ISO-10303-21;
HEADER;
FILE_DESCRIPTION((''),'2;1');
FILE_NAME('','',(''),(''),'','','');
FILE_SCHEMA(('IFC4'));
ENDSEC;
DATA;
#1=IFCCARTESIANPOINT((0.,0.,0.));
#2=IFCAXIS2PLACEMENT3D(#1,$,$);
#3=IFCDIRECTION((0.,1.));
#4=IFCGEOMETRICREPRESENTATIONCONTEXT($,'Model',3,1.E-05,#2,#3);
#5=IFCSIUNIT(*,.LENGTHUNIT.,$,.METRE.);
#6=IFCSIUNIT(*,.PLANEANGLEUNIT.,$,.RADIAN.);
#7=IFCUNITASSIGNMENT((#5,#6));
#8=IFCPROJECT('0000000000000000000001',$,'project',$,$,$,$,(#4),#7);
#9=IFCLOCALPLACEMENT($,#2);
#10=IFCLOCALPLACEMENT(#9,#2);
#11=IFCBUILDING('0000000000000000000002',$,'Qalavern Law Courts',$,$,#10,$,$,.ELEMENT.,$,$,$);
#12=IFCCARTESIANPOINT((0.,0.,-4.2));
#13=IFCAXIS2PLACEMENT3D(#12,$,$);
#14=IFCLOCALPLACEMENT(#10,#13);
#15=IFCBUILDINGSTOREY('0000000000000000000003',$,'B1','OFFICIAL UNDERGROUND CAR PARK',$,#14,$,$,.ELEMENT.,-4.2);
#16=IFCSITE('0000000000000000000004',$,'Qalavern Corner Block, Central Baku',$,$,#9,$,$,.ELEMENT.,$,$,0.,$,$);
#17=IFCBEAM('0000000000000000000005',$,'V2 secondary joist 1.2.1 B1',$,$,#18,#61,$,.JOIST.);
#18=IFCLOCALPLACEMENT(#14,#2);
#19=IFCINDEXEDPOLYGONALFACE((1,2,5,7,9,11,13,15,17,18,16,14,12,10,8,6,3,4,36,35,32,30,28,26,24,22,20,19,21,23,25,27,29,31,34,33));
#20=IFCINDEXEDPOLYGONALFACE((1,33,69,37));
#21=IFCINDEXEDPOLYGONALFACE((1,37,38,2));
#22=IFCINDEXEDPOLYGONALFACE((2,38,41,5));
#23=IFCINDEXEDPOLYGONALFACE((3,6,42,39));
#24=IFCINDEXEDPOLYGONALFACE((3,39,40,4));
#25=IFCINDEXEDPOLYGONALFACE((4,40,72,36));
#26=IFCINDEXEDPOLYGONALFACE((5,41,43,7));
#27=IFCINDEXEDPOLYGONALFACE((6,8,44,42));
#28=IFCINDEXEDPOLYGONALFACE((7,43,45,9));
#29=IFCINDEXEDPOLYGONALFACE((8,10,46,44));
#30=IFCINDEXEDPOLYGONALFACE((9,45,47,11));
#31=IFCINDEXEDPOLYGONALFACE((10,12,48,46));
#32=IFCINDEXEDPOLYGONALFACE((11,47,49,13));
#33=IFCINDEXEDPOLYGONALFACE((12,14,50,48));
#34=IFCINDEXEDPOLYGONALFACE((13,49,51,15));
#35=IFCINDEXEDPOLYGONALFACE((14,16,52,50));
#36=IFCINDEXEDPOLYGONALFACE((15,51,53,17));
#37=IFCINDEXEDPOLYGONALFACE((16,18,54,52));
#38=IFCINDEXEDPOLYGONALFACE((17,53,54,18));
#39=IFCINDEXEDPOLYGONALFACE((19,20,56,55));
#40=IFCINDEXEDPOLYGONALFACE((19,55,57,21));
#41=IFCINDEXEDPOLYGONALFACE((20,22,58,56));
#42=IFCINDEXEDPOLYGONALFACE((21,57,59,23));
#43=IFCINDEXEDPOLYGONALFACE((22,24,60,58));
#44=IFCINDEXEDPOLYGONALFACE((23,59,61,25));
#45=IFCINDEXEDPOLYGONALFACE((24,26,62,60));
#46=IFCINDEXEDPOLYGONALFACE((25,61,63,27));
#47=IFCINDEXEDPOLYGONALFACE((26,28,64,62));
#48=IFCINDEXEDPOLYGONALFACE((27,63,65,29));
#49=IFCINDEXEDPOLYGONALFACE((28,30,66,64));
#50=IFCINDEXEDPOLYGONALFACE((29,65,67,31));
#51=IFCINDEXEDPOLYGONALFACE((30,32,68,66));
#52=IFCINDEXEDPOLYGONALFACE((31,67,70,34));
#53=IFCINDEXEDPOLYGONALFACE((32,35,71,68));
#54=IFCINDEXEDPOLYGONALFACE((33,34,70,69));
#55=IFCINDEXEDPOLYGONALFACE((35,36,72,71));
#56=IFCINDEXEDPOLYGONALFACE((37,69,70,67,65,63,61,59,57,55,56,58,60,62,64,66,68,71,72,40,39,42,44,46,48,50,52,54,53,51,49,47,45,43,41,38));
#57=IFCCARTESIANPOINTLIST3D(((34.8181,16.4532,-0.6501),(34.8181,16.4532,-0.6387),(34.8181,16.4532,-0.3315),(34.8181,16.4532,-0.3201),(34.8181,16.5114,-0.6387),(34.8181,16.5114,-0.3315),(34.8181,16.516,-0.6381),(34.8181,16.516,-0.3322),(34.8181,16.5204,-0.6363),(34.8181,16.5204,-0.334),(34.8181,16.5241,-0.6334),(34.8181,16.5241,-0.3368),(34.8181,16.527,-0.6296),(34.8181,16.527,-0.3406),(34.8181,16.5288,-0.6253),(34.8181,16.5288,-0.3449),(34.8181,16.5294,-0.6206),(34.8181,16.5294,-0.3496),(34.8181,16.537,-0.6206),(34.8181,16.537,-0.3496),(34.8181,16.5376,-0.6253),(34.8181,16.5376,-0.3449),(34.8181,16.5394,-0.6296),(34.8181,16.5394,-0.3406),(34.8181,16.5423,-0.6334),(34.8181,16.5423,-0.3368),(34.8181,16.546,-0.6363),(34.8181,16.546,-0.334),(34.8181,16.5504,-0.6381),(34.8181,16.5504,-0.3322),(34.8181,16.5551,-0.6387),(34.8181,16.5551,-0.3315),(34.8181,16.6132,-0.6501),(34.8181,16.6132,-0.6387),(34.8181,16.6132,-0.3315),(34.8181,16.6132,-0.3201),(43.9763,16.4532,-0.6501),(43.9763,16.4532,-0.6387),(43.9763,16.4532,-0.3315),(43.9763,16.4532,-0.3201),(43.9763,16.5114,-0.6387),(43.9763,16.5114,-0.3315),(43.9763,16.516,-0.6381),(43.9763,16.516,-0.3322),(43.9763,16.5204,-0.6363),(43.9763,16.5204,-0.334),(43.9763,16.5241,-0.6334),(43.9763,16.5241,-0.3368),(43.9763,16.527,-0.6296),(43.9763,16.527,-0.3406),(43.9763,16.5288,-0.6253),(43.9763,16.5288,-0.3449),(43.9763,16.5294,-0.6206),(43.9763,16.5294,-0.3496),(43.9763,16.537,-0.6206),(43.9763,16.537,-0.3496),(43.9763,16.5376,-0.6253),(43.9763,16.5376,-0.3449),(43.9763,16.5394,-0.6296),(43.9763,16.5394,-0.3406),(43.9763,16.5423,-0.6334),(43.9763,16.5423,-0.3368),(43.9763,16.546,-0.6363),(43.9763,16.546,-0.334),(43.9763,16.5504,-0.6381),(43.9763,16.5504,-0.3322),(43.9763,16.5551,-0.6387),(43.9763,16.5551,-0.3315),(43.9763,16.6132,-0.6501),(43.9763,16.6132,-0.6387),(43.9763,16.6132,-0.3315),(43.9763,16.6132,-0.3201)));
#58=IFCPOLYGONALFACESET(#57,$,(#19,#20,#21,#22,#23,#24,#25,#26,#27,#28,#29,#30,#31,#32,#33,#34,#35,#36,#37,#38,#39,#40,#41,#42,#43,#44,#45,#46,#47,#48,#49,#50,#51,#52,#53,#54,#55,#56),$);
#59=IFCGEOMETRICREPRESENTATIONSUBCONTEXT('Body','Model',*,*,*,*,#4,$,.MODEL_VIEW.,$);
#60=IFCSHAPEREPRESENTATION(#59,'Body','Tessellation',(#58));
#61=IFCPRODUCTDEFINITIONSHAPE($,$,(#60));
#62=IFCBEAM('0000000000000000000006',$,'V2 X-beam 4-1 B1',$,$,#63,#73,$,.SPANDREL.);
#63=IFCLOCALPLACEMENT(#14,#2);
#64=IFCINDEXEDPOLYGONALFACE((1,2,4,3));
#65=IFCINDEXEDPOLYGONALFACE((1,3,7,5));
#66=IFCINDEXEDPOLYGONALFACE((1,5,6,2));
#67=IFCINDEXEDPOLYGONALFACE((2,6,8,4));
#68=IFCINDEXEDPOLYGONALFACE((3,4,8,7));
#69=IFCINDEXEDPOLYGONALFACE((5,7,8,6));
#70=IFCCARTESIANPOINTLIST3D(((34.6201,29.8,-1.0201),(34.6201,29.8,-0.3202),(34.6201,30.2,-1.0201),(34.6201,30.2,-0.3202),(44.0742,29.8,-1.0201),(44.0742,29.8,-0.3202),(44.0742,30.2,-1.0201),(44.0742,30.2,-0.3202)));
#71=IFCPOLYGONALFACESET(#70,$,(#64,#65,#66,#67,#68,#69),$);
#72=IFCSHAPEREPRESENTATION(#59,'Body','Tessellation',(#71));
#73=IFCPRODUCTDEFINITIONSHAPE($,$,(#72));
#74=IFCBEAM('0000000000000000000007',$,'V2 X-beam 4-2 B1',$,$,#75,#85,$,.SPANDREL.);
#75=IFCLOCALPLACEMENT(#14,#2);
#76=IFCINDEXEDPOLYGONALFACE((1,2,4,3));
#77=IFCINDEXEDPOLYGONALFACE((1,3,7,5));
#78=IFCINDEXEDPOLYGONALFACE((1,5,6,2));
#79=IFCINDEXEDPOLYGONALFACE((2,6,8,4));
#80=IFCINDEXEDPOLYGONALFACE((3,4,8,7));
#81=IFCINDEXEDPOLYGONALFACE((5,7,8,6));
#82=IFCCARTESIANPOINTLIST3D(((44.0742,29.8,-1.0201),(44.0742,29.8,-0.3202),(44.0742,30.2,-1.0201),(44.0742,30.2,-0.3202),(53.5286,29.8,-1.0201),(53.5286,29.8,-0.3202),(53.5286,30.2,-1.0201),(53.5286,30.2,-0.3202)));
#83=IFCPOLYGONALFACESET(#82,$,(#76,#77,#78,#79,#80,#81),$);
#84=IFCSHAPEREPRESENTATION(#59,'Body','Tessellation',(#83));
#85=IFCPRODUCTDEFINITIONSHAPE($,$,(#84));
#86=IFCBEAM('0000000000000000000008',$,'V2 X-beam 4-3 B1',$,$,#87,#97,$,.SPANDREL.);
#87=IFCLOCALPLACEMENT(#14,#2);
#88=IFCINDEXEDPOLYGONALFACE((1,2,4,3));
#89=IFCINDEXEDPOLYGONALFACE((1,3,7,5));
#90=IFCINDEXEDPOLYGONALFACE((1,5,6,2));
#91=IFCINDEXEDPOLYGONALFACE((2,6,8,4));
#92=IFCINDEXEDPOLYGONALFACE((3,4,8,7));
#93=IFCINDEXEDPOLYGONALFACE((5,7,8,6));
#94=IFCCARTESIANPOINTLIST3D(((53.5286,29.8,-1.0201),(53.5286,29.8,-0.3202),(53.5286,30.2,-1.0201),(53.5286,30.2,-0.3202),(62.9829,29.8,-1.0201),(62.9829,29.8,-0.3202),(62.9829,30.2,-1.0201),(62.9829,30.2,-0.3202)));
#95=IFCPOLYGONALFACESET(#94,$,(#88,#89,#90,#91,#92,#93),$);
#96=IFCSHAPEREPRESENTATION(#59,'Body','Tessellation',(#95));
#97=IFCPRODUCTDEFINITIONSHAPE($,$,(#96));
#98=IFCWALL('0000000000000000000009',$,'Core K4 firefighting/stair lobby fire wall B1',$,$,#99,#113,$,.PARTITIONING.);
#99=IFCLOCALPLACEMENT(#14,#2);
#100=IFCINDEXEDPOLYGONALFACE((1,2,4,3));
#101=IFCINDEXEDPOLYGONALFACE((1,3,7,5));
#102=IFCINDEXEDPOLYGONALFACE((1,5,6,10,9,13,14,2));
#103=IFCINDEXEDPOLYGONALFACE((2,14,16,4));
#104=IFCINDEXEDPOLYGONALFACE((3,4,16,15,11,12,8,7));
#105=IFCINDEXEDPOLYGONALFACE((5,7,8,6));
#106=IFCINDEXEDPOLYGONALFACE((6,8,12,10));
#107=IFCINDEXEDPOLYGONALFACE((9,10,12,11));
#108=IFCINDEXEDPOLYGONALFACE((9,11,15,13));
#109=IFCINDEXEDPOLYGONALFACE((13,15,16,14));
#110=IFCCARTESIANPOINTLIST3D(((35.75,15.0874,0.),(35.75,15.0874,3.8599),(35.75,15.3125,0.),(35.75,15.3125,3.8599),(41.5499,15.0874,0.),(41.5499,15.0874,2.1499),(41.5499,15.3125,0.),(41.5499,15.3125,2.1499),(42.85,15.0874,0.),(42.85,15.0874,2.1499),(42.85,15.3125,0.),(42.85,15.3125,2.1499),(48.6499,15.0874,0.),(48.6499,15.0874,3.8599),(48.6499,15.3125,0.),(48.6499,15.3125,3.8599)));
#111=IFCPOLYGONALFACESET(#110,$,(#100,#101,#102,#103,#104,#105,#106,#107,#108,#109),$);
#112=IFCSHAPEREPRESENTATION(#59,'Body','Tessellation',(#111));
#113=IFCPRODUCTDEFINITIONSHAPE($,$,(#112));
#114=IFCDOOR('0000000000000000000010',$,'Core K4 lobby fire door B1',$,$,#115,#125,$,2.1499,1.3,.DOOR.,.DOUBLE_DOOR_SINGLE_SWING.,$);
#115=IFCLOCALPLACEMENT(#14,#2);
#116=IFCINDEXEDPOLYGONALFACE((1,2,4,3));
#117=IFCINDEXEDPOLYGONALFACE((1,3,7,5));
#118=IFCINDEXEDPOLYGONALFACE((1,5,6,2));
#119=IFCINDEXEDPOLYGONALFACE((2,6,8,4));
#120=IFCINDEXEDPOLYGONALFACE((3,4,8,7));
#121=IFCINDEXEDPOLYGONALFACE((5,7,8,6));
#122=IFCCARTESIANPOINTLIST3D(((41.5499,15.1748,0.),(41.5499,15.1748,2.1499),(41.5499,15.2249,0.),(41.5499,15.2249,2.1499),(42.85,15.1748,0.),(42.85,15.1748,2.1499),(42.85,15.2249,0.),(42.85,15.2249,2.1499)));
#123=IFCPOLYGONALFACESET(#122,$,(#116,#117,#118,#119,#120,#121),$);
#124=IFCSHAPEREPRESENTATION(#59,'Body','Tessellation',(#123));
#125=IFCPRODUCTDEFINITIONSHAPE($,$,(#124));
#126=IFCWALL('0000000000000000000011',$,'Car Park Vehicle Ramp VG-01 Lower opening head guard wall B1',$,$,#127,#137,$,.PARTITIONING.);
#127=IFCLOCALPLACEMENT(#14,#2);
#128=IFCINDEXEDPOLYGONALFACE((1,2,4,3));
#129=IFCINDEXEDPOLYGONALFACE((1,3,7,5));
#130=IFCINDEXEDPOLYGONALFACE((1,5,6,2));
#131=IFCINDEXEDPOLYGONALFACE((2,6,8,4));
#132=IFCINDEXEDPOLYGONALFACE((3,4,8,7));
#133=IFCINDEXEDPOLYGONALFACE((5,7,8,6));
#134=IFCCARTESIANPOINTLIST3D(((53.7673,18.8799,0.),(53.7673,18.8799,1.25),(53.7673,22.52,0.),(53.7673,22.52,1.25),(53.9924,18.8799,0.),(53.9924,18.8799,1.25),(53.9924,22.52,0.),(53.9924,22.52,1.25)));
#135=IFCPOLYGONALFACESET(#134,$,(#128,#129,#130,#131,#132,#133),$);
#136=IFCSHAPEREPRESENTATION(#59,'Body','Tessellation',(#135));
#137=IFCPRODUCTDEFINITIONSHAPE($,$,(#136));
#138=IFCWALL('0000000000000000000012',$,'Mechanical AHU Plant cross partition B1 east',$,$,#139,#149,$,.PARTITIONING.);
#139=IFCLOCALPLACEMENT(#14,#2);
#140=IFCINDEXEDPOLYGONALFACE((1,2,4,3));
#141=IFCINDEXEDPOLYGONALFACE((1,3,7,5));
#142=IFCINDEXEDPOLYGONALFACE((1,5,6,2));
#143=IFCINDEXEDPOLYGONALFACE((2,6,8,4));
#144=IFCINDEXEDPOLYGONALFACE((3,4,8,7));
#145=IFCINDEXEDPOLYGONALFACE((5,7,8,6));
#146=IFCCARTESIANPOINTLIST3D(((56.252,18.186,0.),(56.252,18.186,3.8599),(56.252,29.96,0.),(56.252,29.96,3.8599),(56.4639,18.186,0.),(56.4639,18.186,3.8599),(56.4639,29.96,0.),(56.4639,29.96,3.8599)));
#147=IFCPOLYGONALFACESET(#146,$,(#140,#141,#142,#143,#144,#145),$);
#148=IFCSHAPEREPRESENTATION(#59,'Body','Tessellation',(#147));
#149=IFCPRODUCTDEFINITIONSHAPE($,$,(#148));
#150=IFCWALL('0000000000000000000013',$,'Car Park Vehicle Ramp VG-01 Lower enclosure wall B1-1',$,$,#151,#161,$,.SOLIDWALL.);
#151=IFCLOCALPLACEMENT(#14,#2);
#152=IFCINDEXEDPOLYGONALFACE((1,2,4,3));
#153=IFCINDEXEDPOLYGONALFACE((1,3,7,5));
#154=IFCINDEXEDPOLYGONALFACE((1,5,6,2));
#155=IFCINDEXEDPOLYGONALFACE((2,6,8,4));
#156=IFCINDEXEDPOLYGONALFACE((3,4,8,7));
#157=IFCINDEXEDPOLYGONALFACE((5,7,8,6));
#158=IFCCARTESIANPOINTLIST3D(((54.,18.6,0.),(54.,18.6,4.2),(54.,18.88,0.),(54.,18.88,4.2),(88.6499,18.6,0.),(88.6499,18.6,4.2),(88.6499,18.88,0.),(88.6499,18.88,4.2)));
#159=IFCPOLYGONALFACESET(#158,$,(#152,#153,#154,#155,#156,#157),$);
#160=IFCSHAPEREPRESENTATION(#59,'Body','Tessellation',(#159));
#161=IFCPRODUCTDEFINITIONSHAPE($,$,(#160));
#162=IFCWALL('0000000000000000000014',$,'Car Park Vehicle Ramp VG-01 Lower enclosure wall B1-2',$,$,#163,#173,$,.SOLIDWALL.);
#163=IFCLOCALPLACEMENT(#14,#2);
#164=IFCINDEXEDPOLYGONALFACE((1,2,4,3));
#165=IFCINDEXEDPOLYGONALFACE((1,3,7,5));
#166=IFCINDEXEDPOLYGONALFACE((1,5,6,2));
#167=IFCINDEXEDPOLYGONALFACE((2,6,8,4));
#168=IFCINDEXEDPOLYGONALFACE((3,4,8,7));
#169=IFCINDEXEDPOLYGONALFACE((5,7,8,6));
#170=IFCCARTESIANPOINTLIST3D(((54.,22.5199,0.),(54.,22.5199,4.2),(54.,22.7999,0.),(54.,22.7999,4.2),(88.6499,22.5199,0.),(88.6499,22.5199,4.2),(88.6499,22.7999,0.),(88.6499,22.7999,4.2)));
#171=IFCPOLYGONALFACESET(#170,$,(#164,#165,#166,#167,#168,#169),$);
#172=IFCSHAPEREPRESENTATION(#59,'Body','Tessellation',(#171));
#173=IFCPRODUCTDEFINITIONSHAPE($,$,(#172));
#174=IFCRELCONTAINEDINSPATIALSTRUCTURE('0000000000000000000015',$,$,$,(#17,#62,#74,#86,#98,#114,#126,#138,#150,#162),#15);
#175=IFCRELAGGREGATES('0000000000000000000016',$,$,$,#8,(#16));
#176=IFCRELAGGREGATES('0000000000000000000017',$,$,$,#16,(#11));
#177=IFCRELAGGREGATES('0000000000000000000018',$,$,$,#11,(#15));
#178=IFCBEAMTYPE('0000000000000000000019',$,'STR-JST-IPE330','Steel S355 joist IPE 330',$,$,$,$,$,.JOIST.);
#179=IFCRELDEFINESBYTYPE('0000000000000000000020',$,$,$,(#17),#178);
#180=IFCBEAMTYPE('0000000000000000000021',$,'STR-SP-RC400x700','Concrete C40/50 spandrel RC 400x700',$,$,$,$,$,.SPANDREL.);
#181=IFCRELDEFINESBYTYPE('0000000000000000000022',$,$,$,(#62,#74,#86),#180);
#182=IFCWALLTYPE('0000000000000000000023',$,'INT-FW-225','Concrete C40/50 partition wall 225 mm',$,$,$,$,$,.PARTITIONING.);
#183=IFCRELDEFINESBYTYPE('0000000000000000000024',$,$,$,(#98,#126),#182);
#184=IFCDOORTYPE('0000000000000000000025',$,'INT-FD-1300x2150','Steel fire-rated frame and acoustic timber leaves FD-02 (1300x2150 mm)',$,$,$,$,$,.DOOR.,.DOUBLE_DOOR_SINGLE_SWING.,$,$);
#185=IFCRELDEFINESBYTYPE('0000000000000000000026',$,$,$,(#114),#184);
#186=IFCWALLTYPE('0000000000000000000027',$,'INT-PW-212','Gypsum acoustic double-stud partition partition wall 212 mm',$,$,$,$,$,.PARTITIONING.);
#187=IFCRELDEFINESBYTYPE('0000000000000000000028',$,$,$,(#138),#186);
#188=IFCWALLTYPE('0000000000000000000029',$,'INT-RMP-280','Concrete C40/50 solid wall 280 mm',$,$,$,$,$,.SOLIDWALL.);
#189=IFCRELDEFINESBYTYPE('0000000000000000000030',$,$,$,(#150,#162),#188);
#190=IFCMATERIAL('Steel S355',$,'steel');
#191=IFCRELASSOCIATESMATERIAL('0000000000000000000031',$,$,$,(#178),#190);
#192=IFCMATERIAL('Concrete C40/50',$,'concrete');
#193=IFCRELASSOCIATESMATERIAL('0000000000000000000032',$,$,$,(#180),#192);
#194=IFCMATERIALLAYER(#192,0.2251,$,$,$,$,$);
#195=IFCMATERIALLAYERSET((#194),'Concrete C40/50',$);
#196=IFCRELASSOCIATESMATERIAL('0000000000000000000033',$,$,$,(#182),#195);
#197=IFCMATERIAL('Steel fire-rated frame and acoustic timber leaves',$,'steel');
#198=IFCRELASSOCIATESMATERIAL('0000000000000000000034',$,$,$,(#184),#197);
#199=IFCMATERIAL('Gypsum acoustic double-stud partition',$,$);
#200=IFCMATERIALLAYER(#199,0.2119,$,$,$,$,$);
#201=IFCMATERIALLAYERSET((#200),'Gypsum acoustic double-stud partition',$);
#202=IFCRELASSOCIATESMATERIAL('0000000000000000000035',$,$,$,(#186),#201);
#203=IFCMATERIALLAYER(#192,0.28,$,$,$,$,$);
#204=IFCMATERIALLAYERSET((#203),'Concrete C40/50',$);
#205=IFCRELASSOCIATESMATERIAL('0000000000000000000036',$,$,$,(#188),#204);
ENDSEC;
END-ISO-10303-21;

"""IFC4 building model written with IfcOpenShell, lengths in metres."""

from ifc_helpers import new_model, si_unit, direction, frame, frame_2d, origin, origin_2d, place, context, subcontext, project, spatial, rectangle, i_section, extrude, material, layer, layer_set, material_profile, profile_set, type_object, element, fill, save


model = new_model("IFC4")

# Units and contexts
model_context = context("Model", 3, precision=1e-05, world=origin(), true_north=direction((0.0, 1.0)))
body_context = subcontext(model_context, "Body", "Model", "MODEL_VIEW")
ifc_project = project(units=[si_unit("LENGTHUNIT", "METRE"), si_unit("PLANEANGLEUNIT", "RADIAN")], contexts=[model_context])

# Site, building, storey
site_placement = place(None, origin())
site = spatial("IfcSite", under=ifc_project, at=site_placement, Name="Qalavern Corner Block, Central Baku", CompositionType="ELEMENT", RefElevation=0.0)
building_placement = place(site_placement, origin())
building = spatial("IfcBuilding", under=site, at=building_placement, Name="Qalavern Law Courts", CompositionType="ELEMENT")
storey_placement = place(building_placement, frame((0.0, 0.0, -4.2)))
storey = spatial("IfcBuildingStorey", under=building, at=storey_placement, Name="B1", Description="OFFICIAL UNDERGROUND CAR PARK", CompositionType="ELEMENT", Elevation=-4.2)

# Shared definitions
ifc_material_1 = material(Name="Steel S355", Category="steel")

# Beams
ifc_material_2 = material(Name="Concrete C40/50", Category="concrete")
ifc_material_profile_1 = material_profile(ifc_material_1, i_section(OverallWidth=0.1599, OverallDepth=0.3301, WebThickness=0.0076, FlangeThickness=0.0115, FilletRadius=0.0181, at=origin_2d()), Name="IPE 330")
ifc_profile_set_1 = profile_set([ifc_material_profile_1], Name="Steel S355")
beam_type_1 = type_object("IfcBeamType", Name="STR-JST-IPE330", Description="Steel S355 joist IPE 330", PredefinedType="JOIST", material=ifc_profile_set_1)
beam_1_placement = place(storey_placement, frame((34.8181, 16.5332, -0.4851), z_axis=(1.0, 0.0, 0.0), x_axis=(0.0, 1.0, 0.0)))
element("IfcBeam", 1, at=beam_1_placement, inside=storey, type_object=beam_type_1, Name="V2 secondary joist 1.2.1 B1", PredefinedType="JOIST", context=body_context, shape_type="SweptSolid", body=[
    extrude(i_section(OverallWidth=0.1599, OverallDepth=0.3301, WebThickness=0.0076, FlangeThickness=0.0115, FilletRadius=0.0181, at=origin_2d()), origin(), (0.0, 0.0, 1.0), 9.1582),
])
ifc_material_profile_2 = material_profile(ifc_material_2, rectangle(XDim=0.3999, YDim=0.7, at=origin_2d()), Name="RC 400x700")
ifc_profile_set_2 = profile_set([ifc_material_profile_2], Name="Concrete C40/50")
beam_type_2 = type_object("IfcBeamType", Name="STR-SP-RC400x700", Description="Concrete C40/50 spandrel RC 400x700", PredefinedType="SPANDREL", material=ifc_profile_set_2)
beam_2_placement = place(storey_placement, frame((34.6201, 30.0, -0.6702), z_axis=(1.0, 0.0, 0.0), x_axis=(0.0, 1.0, 0.0)))
element("IfcBeam", 2, at=beam_2_placement, inside=storey, type_object=beam_type_2, Name="V2 X-beam 4-1 B1", PredefinedType="SPANDREL", context=body_context, shape_type="SweptSolid", body=[
    extrude(rectangle(XDim=0.3999, YDim=0.7, at=origin_2d()), origin(), (0.0, 0.0, 1.0), 9.4541),
])
for number, where, z_axis, x_axis, name in (
    (3, (44.0742, 30.0, -0.6702), (1.0, 0.0, 0.0), (0.0, 1.0, 0.0), "V2 X-beam 4-2 B1"),
    (4, (53.5286, 30.0, -0.6702), (1.0, 0.0, 0.0), (0.0, 1.0, 0.0), "V2 X-beam 4-3 B1"),
):
    element("IfcBeam", number, at=place(storey_placement, frame(where, z_axis=z_axis, x_axis=x_axis)), inside=storey, type_object=beam_type_2, Name=name, PredefinedType="SPANDREL", context=body_context, shape_type="SweptSolid", body=[
        extrude(rectangle(XDim=0.3999, YDim=0.7, at=origin_2d()), origin(), (0.0, 0.0, 1.0), 9.4543),
    ])

# Wall, opening, door
ifc_layer_1 = layer(ifc_material_2, 0.2251)
ifc_layer_set_1 = layer_set([ifc_layer_1], Name="Concrete C40/50")
wall_type_1 = type_object("IfcWallType", Name="INT-FW-225", Description="Concrete C40/50 partition wall 225 mm", PredefinedType="PARTITIONING", material=ifc_layer_set_1)
wall_1_placement = place(storey_placement, frame((35.75, 15.2, 0.0), z_axis=(0.0, 0.0, 1.0), x_axis=(1.0, 0.0, 0.0)))
wall_1 = element("IfcWall", 5, at=wall_1_placement, inside=storey, type_object=wall_type_1, Name="Core K4 firefighting/stair lobby fire wall B1", PredefinedType="PARTITIONING", context=body_context, shape_type="SweptSolid", body=[
    extrude(rectangle(XDim=12.8999, YDim=0.2251, at=frame_2d((6.45, 0.0))), origin(), (0.0, 0.0, 1.0), 3.8599),
])
opening_placement = place(wall_1_placement, frame((5.8, 0.0, 0.0)))
opening = element("IfcOpeningElement", 6, at=opening_placement, cuts=wall_1, PredefinedType="OPENING", context=body_context, shape_type="SweptSolid", body=[
    extrude(rectangle(XDim=1.3, YDim=2.1499, at=frame_2d((0.6499, 1.075))), frame((0.0, 0.1274, 0.0), z_axis=(0.0, -1.0, 0.0), x_axis=(1.0, 0.0, 0.0)), (0.0, 0.0, 1.0), 0.2549),
])
ifc_material_3 = material(Name="Steel fire-rated frame and acoustic timber leaves", Category="steel")
door_type = type_object("IfcDoorType", Name="INT-FD-1300x2150", Description="Steel fire-rated frame and acoustic timber leaves FD-02 (1300x2150 mm)", OperationType="DOUBLE_DOOR_SINGLE_SWING", PredefinedType="DOOR", material=ifc_material_3)
door_placement = place(opening_placement, origin())
door = element("IfcDoor", 7, at=door_placement, inside=storey, type_object=door_type, Name="Core K4 lobby fire door B1", OperationType="DOUBLE_DOOR_SINGLE_SWING", OverallHeight=2.1499, OverallWidth=1.3, PredefinedType="DOOR", context=body_context, shape_type="SweptSolid", body=[
    extrude(rectangle(XDim=1.3, YDim=2.1499, at=frame_2d((0.6499, 1.075))), frame((0.0, 0.0249, 0.0), z_axis=(0.0, -1.0, 0.0), x_axis=(1.0, 0.0, 0.0)), (0.0, 0.0, 1.0), 0.05),
])
fill(opening, door)

# Walls
wall_2_placement = place(storey_placement, frame((53.8799, 18.8799, 0.0), z_axis=(0.0, 0.0, 1.0), x_axis=(0.0, 1.0, 0.0)))
element("IfcWall", 8, at=wall_2_placement, inside=storey, type_object=wall_type_1, Name="Car Park Vehicle Ramp VG-01 Lower opening head guard wall B1", PredefinedType="PARTITIONING", context=body_context, shape_type="SweptSolid", body=[
    extrude(rectangle(XDim=3.6401, YDim=0.2251, at=frame_2d((1.8201, 0.0))), origin(), (0.0, 0.0, 1.0), 1.25),
])
ifc_material_4 = material(Name="Gypsum acoustic double-stud partition")
ifc_layer_2 = layer(ifc_material_4, 0.2119)
ifc_layer_set_2 = layer_set([ifc_layer_2], Name="Gypsum acoustic double-stud partition")
wall_type_2 = type_object("IfcWallType", Name="INT-PW-212", Description="Gypsum acoustic double-stud partition partition wall 212 mm", PredefinedType="PARTITIONING", material=ifc_layer_set_2)
wall_3_placement = place(storey_placement, frame((56.3579, 18.186, 0.0), z_axis=(0.0, 0.0, 1.0), x_axis=(0.0, 1.0, 0.0)))
element("IfcWall", 9, at=wall_3_placement, inside=storey, type_object=wall_type_2, Name="Mechanical AHU Plant cross partition B1 east", PredefinedType="PARTITIONING", context=body_context, shape_type="SweptSolid", body=[
    extrude(rectangle(XDim=11.7739, YDim=0.2119, at=frame_2d((5.887, 0.0))), origin(), (0.0, 0.0, 1.0), 3.8599),
])
ifc_layer_3 = layer(ifc_material_2, 0.28)
ifc_layer_set_3 = layer_set([ifc_layer_3], Name="Concrete C40/50")
wall_type_3 = type_object("IfcWallType", Name="INT-RMP-280", Description="Concrete C40/50 solid wall 280 mm", PredefinedType="SOLIDWALL", material=ifc_layer_set_3)
for number, where, z_axis, x_axis, name in (
    (10, (54.0, 18.74, 0.0), (0.0, 0.0, 1.0), (1.0, 0.0, 0.0), "Car Park Vehicle Ramp VG-01 Lower enclosure wall B1-1"),
    (11, (54.0, 22.6599, 0.0), (0.0, 0.0, 1.0), (1.0, 0.0, 0.0), "Car Park Vehicle Ramp VG-01 Lower enclosure wall B1-2"),
):
    element("IfcWall", number, at=place(storey_placement, frame(where, z_axis=z_axis, x_axis=x_axis)), inside=storey, type_object=wall_type_3, Name=name, PredefinedType="SOLIDWALL", context=body_context, shape_type="SweptSolid", body=[
        extrude(rectangle(XDim=34.6499, YDim=0.28, at=frame_2d((17.325, 0.0))), origin(), (0.0, 0.0, 1.0), 4.2),
    ])

save(model, "model.ifc")
